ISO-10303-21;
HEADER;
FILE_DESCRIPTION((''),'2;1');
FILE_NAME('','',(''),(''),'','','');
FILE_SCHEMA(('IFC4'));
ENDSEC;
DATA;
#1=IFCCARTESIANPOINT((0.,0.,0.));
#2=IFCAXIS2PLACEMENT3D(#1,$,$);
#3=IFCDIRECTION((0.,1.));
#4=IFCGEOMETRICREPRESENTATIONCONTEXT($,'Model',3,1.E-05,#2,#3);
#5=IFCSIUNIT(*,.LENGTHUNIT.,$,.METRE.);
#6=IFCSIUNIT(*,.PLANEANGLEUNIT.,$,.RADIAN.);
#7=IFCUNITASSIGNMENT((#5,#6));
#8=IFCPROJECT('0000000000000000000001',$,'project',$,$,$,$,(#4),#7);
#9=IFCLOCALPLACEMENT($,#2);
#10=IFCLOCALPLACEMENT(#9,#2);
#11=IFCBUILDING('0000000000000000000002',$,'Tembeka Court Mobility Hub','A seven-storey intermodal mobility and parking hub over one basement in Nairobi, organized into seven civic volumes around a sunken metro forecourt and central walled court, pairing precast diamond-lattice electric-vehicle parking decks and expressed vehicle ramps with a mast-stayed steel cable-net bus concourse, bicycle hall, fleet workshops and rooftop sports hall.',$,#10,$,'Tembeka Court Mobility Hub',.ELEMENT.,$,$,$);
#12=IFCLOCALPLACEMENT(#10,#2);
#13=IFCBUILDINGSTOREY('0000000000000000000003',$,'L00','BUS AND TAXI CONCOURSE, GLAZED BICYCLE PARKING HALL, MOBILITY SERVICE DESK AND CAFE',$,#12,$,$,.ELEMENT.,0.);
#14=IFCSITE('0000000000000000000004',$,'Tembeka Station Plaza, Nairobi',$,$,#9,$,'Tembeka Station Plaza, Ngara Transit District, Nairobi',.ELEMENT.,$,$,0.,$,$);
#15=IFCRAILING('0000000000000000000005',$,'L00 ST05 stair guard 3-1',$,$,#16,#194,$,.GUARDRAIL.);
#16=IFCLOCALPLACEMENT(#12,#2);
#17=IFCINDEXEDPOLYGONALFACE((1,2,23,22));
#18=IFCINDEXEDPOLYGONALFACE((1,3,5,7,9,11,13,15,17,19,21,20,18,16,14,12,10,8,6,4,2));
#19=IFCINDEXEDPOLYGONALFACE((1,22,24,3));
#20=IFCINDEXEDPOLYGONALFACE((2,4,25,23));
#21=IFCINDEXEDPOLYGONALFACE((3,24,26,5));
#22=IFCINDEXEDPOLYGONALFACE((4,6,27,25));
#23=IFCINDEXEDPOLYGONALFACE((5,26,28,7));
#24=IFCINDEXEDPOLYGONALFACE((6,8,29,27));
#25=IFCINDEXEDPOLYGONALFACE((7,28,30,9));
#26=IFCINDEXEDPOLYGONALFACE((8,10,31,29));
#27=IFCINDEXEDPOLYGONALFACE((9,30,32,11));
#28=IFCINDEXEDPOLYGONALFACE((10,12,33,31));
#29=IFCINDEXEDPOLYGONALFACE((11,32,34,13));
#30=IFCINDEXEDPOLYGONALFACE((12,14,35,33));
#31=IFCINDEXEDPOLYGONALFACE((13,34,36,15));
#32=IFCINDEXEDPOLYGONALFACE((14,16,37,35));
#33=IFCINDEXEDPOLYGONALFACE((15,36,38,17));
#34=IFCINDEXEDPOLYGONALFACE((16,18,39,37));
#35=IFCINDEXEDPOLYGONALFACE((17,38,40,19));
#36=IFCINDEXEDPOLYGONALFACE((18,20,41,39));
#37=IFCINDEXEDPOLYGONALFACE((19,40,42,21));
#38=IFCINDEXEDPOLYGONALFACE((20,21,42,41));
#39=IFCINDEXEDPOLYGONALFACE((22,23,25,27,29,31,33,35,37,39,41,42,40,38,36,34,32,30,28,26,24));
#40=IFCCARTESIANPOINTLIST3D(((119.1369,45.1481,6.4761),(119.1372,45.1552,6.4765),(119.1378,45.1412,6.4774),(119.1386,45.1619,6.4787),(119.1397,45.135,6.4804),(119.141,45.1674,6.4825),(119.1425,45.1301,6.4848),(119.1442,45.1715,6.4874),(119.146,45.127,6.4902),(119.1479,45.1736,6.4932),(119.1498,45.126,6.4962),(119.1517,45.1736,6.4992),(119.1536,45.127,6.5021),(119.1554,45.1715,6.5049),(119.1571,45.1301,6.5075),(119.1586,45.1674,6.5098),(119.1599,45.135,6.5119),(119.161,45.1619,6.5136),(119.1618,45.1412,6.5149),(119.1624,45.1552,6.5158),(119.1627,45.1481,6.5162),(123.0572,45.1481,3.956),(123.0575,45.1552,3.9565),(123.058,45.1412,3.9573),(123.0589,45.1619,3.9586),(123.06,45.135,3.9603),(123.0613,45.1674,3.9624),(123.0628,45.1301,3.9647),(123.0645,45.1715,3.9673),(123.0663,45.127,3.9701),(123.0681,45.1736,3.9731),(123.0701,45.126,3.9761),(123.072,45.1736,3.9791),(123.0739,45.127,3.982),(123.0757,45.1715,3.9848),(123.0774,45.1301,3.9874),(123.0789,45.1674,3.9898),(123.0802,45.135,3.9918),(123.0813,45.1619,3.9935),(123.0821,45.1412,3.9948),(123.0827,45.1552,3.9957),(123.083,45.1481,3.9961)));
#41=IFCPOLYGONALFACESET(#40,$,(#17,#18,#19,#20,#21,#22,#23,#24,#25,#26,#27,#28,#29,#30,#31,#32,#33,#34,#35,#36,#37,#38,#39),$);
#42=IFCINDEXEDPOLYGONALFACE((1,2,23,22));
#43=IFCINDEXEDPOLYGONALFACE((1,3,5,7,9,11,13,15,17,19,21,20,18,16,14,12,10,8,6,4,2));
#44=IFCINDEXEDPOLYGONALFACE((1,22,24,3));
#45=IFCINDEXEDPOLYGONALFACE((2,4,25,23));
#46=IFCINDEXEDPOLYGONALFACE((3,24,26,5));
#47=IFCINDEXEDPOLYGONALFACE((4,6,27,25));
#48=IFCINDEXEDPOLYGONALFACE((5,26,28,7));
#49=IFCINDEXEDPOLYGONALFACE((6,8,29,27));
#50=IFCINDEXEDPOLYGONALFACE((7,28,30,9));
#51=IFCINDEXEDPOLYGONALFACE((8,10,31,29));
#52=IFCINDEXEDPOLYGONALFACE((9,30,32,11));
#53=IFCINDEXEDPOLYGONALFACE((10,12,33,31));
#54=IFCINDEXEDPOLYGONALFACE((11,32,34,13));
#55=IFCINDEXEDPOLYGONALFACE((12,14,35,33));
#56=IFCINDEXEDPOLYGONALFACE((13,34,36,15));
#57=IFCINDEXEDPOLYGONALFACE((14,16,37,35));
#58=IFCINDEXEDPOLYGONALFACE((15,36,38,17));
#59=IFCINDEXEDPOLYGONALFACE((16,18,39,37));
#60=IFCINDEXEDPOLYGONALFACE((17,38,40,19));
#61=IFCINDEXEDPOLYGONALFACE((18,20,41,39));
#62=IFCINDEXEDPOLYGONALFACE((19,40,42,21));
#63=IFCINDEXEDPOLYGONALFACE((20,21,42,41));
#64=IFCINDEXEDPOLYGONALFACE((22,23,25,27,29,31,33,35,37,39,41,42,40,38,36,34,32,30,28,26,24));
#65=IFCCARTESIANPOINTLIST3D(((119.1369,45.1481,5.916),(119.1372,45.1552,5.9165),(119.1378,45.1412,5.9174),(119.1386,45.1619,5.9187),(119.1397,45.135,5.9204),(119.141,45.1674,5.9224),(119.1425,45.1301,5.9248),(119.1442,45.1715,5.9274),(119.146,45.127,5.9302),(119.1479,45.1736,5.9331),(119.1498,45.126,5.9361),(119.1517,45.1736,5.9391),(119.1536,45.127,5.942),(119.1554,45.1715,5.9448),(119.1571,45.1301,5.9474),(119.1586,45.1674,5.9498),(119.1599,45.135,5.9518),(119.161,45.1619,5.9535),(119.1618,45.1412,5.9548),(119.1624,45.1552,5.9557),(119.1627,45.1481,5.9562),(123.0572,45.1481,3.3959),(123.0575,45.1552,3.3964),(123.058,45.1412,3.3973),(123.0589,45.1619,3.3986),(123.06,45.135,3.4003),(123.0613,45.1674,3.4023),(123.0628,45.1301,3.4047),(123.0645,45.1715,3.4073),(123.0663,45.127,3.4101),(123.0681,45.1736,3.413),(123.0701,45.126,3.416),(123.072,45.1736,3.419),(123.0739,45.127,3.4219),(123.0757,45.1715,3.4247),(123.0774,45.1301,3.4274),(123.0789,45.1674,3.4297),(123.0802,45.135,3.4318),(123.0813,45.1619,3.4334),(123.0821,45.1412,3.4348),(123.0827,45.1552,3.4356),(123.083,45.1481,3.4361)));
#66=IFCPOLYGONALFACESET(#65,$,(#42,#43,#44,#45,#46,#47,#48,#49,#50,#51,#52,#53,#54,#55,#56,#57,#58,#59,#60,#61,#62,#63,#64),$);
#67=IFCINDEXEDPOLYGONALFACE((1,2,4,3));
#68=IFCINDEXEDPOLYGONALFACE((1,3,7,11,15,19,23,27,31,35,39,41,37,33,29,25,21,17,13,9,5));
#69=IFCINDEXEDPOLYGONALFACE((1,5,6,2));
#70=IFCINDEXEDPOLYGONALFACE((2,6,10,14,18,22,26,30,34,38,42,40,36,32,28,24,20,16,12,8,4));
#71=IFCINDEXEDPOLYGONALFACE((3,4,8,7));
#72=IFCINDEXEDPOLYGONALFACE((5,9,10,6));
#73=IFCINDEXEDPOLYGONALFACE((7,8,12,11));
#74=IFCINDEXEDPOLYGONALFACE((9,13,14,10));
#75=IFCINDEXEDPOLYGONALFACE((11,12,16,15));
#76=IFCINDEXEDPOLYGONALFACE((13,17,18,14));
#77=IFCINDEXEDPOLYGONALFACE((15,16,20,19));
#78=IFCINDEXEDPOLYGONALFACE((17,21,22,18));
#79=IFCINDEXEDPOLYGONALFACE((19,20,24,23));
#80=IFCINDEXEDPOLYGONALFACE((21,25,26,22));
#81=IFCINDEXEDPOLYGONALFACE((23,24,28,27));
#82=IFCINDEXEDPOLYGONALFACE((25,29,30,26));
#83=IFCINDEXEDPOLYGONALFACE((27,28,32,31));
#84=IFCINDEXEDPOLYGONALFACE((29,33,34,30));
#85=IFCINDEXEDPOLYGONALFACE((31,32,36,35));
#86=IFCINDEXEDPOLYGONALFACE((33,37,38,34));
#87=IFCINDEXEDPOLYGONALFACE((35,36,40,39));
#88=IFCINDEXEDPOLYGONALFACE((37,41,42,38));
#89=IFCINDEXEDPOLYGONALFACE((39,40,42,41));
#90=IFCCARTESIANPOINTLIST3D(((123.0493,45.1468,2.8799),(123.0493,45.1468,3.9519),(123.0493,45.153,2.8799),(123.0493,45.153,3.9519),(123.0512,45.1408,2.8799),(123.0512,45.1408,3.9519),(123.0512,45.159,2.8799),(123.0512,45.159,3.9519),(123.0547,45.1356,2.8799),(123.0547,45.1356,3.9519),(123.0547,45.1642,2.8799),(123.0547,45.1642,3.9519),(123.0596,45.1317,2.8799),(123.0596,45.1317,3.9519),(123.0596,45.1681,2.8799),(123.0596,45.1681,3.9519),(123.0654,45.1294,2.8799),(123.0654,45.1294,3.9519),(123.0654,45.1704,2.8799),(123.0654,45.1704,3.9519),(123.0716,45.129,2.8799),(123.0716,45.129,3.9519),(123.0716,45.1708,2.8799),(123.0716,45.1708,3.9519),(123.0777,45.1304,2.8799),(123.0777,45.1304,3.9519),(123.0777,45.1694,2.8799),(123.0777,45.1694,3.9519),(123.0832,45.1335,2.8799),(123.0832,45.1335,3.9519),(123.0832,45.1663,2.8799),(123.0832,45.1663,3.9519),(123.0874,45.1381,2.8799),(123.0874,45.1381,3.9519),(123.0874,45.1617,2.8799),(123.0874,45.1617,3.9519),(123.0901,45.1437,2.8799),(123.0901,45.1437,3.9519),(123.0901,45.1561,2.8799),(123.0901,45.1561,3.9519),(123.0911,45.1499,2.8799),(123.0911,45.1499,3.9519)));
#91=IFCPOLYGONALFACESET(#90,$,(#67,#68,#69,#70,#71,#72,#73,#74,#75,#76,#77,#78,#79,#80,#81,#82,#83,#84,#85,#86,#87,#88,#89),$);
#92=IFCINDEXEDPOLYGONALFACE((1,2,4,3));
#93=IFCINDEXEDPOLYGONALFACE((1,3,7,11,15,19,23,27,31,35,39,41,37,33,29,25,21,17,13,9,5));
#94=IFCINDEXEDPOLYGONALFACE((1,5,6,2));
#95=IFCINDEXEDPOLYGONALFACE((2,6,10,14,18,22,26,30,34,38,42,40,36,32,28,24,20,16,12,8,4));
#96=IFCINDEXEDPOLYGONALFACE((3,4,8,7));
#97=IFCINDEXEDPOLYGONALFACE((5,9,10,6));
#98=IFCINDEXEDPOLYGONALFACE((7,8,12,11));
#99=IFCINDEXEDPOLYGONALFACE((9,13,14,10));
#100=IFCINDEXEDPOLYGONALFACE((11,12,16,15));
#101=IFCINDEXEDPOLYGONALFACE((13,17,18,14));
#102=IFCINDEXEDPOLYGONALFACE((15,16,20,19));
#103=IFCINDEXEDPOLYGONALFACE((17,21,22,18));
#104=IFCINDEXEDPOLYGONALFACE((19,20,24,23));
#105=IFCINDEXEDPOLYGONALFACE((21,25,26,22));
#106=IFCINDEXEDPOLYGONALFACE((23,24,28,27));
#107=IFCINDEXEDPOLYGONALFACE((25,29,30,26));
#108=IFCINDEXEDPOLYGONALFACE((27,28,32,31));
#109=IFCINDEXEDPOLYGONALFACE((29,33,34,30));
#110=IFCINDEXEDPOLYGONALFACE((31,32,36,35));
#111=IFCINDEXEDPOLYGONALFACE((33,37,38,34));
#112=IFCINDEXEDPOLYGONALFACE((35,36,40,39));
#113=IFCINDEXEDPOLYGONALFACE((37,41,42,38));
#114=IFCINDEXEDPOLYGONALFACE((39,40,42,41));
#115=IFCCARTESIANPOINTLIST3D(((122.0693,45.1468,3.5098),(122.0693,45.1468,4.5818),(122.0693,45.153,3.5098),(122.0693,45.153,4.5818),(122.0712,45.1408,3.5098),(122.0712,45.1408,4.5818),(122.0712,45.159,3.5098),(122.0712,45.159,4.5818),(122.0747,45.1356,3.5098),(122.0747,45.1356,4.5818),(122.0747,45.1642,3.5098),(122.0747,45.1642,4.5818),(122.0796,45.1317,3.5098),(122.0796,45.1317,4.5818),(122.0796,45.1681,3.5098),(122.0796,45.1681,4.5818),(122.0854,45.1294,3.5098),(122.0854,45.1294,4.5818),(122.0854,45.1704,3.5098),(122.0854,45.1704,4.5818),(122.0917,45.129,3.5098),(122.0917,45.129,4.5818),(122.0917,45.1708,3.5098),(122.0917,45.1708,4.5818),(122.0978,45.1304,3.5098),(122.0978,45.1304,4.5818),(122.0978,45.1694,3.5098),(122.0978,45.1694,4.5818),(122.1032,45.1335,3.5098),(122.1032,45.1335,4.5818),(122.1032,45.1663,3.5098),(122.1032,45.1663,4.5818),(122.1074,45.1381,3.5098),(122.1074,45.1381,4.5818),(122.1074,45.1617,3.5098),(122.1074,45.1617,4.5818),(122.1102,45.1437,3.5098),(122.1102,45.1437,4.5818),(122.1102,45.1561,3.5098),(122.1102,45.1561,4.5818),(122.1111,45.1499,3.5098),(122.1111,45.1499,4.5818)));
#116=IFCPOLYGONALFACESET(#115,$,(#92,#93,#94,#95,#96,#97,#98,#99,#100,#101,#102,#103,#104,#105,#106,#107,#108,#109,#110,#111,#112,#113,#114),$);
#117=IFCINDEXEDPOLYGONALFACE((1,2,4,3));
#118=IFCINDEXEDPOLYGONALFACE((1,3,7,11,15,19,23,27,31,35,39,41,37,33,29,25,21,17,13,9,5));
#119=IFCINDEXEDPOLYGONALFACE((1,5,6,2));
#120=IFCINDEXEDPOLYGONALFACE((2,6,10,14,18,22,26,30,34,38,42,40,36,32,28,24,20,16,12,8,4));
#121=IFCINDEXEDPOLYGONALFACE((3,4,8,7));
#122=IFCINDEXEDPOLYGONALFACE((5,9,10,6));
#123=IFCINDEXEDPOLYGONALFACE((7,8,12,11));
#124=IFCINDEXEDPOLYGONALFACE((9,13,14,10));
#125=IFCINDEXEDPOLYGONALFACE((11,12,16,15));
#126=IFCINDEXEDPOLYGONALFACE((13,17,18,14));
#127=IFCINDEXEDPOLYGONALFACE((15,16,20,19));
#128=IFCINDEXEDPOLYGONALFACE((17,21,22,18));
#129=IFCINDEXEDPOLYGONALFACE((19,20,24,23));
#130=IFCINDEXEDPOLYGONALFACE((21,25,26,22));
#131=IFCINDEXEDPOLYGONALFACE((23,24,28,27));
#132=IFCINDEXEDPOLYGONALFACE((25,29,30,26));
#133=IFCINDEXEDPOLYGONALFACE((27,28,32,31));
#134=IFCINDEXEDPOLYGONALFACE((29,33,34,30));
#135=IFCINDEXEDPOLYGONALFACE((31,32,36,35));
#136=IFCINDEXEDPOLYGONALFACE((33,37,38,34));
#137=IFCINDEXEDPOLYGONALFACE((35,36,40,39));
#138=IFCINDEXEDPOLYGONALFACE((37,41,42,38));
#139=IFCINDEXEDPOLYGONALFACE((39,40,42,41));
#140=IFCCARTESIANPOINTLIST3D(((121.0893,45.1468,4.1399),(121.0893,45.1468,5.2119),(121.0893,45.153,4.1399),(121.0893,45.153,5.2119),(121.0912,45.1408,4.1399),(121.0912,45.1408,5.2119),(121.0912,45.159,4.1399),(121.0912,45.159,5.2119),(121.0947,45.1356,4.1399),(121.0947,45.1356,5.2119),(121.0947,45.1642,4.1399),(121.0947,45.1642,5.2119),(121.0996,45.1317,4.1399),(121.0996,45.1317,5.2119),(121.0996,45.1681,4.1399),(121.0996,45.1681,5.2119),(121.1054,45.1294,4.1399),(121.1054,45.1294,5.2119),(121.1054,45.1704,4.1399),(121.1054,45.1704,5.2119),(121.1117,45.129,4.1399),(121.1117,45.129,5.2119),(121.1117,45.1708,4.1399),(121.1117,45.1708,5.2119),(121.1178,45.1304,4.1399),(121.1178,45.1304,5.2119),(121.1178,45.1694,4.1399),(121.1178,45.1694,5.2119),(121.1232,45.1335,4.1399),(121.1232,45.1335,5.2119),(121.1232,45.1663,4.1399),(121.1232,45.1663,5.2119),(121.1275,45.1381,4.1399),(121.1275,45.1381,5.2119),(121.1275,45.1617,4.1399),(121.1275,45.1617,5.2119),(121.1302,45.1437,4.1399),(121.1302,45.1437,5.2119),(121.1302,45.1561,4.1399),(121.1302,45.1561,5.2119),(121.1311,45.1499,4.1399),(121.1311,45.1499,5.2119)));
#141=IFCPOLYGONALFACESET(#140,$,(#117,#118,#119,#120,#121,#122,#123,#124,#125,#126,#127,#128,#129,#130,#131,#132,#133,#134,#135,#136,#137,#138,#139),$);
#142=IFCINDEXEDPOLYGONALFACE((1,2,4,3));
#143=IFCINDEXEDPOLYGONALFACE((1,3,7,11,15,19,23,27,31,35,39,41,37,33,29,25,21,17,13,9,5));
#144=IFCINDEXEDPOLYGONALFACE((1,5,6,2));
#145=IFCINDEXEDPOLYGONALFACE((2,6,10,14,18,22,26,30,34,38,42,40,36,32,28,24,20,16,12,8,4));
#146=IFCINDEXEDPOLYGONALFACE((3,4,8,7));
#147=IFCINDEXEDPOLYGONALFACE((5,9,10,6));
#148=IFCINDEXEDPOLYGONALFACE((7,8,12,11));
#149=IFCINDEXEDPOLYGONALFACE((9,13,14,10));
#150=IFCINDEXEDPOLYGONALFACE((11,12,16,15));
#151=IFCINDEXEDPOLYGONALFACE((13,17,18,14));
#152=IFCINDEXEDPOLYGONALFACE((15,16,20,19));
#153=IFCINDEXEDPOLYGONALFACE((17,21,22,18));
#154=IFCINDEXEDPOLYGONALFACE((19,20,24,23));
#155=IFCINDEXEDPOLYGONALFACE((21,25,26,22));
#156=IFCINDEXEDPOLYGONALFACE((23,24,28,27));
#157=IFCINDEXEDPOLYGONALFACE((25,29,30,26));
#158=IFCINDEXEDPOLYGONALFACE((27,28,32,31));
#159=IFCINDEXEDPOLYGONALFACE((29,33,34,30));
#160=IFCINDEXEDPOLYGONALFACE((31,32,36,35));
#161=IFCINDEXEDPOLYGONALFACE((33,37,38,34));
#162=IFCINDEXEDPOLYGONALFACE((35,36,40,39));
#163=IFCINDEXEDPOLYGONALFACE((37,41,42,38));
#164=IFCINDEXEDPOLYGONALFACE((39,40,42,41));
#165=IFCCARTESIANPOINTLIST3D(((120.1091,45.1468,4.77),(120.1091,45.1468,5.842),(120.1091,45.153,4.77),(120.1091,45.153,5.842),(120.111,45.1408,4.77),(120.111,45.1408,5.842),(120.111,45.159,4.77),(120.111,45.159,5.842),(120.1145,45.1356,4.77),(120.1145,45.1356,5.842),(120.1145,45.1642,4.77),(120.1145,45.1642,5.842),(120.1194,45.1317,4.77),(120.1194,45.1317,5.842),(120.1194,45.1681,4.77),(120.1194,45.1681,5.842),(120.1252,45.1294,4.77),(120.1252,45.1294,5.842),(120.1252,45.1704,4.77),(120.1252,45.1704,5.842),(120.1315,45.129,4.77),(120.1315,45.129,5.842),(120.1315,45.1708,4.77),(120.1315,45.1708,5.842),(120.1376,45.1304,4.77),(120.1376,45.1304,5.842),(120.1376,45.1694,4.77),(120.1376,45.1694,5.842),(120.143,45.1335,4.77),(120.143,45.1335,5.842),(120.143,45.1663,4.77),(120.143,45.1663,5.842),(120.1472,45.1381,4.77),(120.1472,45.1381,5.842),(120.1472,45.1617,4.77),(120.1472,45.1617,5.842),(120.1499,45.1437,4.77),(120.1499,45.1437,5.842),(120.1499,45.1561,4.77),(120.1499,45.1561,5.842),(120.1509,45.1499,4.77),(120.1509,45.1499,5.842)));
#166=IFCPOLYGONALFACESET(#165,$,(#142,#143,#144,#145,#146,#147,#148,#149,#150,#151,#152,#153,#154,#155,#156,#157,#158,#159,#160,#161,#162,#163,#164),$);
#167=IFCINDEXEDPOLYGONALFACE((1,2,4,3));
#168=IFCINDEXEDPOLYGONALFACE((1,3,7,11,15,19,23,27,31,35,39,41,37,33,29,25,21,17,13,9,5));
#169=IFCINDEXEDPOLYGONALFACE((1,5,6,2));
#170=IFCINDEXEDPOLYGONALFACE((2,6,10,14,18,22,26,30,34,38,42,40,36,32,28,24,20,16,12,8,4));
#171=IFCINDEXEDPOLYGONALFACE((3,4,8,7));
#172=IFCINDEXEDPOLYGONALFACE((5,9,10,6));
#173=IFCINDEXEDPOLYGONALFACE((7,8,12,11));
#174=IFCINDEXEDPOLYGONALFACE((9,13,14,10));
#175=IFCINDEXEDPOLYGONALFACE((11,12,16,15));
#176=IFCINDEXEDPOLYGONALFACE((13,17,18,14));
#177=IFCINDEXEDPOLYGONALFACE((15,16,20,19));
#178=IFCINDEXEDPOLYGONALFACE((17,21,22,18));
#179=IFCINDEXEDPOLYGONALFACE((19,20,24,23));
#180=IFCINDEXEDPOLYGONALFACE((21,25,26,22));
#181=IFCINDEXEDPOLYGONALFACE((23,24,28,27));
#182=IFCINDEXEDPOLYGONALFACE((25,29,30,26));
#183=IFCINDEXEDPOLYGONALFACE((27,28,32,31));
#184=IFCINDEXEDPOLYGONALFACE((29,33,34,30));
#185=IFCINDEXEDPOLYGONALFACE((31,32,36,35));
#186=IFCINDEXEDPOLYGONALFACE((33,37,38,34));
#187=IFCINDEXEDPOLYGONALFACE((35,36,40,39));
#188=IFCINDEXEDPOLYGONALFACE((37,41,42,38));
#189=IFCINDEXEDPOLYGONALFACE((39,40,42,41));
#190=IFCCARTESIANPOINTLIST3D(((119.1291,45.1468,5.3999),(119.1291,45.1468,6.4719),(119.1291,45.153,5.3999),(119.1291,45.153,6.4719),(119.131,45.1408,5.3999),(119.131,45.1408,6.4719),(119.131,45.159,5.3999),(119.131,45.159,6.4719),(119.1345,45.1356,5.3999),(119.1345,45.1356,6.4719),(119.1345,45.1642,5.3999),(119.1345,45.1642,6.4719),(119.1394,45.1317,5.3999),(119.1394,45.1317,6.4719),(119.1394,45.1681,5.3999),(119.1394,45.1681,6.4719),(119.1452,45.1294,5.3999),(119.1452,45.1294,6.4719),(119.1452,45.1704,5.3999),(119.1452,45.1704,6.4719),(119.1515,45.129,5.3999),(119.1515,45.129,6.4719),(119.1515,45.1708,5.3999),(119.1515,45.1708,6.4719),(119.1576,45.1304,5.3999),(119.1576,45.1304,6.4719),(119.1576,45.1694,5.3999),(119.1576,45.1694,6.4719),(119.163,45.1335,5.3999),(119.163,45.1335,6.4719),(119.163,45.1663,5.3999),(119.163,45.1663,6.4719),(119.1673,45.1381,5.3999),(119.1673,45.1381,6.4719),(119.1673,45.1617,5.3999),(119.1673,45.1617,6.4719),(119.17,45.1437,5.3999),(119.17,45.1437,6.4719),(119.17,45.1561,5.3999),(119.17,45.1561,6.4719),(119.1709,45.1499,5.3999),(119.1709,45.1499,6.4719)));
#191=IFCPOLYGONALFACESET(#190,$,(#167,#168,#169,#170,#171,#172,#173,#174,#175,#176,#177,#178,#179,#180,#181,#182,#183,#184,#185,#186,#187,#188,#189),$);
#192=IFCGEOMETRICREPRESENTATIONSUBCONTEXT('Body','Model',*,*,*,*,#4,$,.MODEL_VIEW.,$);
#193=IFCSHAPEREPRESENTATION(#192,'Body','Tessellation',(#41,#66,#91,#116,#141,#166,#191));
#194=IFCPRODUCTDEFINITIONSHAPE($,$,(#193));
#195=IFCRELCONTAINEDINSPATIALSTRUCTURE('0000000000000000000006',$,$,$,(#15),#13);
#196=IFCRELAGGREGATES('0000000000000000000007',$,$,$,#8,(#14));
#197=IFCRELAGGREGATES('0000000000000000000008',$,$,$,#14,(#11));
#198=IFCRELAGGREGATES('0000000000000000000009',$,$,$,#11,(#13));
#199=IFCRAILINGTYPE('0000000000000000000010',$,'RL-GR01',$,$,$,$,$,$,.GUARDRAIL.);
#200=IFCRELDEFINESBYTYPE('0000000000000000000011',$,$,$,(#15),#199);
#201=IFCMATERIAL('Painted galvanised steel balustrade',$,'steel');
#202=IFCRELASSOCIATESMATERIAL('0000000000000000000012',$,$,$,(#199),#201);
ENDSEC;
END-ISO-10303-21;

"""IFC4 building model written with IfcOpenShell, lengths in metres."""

from ifc_helpers import new_model, si_unit, direction, frame, origin, origin_2d, place, context, subcontext, project, spatial, circle, extrude, material, type_object, element, save


model = new_model("IFC4")

# Units and contexts
model_context = context("Model", 3, precision=1e-05, world=origin(), true_north=direction((0.0, 1.0)))
body_context = subcontext(model_context, "Body", "Model", "MODEL_VIEW")
ifc_project = project(units=[si_unit("LENGTHUNIT", "METRE"), si_unit("PLANEANGLEUNIT", "RADIAN")], contexts=[model_context])

# Site, building, storey
site_placement = place(None, origin())
site = spatial("IfcSite", under=ifc_project, at=site_placement, Name="Tembeka Station Plaza, Nairobi", LongName="Tembeka Station Plaza, Ngara Transit District, Nairobi", CompositionType="ELEMENT", RefElevation=0.0)
building_placement = place(site_placement, origin())
building = spatial("IfcBuilding", under=site, at=building_placement, Name="Tembeka Court Mobility Hub", Description="A seven-storey intermodal mobility and parking hub over one basement in Nairobi, organized into seven civic volumes around a sunken metro forecourt and central walled court, pairing precast diamond-lattice electric-vehicle parking decks and expressed vehicle ramps with a mast-stayed steel cable-net bus concourse, bicycle hall, fleet workshops and rooftop sports hall.", LongName="Tembeka Court Mobility Hub", CompositionType="ELEMENT")
storey_placement = place(building_placement, origin())
storey = spatial("IfcBuildingStorey", under=building, at=storey_placement, Name="L00", Description="BUS AND TAXI CONCOURSE, GLAZED BICYCLE PARKING HALL, MOBILITY SERVICE DESK AND CAFE", CompositionType="ELEMENT", Elevation=0.0)

# Railing
ifc_material_1 = material(Name="Painted galvanised steel balustrade", Category="steel")
railing_type_1 = type_object("IfcRailingType", Name="RL-GR01", PredefinedType="GUARDRAIL", material=ifc_material_1)
railing_1_placement = place(storey_placement, frame((123.0701, 45.1499, 2.8799)))
element("IfcRailing", 1, at=railing_1_placement, inside=storey, type_object=railing_type_1, Name="L00 ST05 stair guard 3-1", PredefinedType="GUARDRAIL", context=body_context, shape_type="SweptSolid", body=[
    extrude(circle(Radius=0.0239, at=origin_2d()), frame((0.0, 0.0, 1.0962), z_axis=(-0.841187, 0.0, 0.540744), x_axis=(0.0, -1.0, 0.0)), (0.0, 0.0, 1.0), 4.6604),
    extrude(circle(Radius=0.0239, at=origin_2d()), frame((0.0, 0.0, 0.5361), z_axis=(-0.841187, 0.0, 0.540744), x_axis=(0.0, -1.0, 0.0)), (0.0, 0.0, 1.0), 4.6604),
    extrude(circle(Radius=0.021, at=origin_2d()), origin(), (0.0, 0.0, 1.0), 1.072),
    extrude(circle(Radius=0.021, at=origin_2d()), frame((-0.98, 0.0, 0.6299)), (0.0, 0.0, 1.0), 1.072),
    extrude(circle(Radius=0.021, at=origin_2d()), frame((-1.96, 0.0, 1.26)), (0.0, 0.0, 1.0), 1.072),
    extrude(circle(Radius=0.021, at=origin_2d()), frame((-2.9402, 0.0, 1.8901)), (0.0, 0.0, 1.0), 1.072),
    extrude(circle(Radius=0.021, at=origin_2d()), frame((-3.9202, 0.0, 2.52)), (0.0, 0.0, 1.0), 1.072),
])

save(model, "model.ifc")
